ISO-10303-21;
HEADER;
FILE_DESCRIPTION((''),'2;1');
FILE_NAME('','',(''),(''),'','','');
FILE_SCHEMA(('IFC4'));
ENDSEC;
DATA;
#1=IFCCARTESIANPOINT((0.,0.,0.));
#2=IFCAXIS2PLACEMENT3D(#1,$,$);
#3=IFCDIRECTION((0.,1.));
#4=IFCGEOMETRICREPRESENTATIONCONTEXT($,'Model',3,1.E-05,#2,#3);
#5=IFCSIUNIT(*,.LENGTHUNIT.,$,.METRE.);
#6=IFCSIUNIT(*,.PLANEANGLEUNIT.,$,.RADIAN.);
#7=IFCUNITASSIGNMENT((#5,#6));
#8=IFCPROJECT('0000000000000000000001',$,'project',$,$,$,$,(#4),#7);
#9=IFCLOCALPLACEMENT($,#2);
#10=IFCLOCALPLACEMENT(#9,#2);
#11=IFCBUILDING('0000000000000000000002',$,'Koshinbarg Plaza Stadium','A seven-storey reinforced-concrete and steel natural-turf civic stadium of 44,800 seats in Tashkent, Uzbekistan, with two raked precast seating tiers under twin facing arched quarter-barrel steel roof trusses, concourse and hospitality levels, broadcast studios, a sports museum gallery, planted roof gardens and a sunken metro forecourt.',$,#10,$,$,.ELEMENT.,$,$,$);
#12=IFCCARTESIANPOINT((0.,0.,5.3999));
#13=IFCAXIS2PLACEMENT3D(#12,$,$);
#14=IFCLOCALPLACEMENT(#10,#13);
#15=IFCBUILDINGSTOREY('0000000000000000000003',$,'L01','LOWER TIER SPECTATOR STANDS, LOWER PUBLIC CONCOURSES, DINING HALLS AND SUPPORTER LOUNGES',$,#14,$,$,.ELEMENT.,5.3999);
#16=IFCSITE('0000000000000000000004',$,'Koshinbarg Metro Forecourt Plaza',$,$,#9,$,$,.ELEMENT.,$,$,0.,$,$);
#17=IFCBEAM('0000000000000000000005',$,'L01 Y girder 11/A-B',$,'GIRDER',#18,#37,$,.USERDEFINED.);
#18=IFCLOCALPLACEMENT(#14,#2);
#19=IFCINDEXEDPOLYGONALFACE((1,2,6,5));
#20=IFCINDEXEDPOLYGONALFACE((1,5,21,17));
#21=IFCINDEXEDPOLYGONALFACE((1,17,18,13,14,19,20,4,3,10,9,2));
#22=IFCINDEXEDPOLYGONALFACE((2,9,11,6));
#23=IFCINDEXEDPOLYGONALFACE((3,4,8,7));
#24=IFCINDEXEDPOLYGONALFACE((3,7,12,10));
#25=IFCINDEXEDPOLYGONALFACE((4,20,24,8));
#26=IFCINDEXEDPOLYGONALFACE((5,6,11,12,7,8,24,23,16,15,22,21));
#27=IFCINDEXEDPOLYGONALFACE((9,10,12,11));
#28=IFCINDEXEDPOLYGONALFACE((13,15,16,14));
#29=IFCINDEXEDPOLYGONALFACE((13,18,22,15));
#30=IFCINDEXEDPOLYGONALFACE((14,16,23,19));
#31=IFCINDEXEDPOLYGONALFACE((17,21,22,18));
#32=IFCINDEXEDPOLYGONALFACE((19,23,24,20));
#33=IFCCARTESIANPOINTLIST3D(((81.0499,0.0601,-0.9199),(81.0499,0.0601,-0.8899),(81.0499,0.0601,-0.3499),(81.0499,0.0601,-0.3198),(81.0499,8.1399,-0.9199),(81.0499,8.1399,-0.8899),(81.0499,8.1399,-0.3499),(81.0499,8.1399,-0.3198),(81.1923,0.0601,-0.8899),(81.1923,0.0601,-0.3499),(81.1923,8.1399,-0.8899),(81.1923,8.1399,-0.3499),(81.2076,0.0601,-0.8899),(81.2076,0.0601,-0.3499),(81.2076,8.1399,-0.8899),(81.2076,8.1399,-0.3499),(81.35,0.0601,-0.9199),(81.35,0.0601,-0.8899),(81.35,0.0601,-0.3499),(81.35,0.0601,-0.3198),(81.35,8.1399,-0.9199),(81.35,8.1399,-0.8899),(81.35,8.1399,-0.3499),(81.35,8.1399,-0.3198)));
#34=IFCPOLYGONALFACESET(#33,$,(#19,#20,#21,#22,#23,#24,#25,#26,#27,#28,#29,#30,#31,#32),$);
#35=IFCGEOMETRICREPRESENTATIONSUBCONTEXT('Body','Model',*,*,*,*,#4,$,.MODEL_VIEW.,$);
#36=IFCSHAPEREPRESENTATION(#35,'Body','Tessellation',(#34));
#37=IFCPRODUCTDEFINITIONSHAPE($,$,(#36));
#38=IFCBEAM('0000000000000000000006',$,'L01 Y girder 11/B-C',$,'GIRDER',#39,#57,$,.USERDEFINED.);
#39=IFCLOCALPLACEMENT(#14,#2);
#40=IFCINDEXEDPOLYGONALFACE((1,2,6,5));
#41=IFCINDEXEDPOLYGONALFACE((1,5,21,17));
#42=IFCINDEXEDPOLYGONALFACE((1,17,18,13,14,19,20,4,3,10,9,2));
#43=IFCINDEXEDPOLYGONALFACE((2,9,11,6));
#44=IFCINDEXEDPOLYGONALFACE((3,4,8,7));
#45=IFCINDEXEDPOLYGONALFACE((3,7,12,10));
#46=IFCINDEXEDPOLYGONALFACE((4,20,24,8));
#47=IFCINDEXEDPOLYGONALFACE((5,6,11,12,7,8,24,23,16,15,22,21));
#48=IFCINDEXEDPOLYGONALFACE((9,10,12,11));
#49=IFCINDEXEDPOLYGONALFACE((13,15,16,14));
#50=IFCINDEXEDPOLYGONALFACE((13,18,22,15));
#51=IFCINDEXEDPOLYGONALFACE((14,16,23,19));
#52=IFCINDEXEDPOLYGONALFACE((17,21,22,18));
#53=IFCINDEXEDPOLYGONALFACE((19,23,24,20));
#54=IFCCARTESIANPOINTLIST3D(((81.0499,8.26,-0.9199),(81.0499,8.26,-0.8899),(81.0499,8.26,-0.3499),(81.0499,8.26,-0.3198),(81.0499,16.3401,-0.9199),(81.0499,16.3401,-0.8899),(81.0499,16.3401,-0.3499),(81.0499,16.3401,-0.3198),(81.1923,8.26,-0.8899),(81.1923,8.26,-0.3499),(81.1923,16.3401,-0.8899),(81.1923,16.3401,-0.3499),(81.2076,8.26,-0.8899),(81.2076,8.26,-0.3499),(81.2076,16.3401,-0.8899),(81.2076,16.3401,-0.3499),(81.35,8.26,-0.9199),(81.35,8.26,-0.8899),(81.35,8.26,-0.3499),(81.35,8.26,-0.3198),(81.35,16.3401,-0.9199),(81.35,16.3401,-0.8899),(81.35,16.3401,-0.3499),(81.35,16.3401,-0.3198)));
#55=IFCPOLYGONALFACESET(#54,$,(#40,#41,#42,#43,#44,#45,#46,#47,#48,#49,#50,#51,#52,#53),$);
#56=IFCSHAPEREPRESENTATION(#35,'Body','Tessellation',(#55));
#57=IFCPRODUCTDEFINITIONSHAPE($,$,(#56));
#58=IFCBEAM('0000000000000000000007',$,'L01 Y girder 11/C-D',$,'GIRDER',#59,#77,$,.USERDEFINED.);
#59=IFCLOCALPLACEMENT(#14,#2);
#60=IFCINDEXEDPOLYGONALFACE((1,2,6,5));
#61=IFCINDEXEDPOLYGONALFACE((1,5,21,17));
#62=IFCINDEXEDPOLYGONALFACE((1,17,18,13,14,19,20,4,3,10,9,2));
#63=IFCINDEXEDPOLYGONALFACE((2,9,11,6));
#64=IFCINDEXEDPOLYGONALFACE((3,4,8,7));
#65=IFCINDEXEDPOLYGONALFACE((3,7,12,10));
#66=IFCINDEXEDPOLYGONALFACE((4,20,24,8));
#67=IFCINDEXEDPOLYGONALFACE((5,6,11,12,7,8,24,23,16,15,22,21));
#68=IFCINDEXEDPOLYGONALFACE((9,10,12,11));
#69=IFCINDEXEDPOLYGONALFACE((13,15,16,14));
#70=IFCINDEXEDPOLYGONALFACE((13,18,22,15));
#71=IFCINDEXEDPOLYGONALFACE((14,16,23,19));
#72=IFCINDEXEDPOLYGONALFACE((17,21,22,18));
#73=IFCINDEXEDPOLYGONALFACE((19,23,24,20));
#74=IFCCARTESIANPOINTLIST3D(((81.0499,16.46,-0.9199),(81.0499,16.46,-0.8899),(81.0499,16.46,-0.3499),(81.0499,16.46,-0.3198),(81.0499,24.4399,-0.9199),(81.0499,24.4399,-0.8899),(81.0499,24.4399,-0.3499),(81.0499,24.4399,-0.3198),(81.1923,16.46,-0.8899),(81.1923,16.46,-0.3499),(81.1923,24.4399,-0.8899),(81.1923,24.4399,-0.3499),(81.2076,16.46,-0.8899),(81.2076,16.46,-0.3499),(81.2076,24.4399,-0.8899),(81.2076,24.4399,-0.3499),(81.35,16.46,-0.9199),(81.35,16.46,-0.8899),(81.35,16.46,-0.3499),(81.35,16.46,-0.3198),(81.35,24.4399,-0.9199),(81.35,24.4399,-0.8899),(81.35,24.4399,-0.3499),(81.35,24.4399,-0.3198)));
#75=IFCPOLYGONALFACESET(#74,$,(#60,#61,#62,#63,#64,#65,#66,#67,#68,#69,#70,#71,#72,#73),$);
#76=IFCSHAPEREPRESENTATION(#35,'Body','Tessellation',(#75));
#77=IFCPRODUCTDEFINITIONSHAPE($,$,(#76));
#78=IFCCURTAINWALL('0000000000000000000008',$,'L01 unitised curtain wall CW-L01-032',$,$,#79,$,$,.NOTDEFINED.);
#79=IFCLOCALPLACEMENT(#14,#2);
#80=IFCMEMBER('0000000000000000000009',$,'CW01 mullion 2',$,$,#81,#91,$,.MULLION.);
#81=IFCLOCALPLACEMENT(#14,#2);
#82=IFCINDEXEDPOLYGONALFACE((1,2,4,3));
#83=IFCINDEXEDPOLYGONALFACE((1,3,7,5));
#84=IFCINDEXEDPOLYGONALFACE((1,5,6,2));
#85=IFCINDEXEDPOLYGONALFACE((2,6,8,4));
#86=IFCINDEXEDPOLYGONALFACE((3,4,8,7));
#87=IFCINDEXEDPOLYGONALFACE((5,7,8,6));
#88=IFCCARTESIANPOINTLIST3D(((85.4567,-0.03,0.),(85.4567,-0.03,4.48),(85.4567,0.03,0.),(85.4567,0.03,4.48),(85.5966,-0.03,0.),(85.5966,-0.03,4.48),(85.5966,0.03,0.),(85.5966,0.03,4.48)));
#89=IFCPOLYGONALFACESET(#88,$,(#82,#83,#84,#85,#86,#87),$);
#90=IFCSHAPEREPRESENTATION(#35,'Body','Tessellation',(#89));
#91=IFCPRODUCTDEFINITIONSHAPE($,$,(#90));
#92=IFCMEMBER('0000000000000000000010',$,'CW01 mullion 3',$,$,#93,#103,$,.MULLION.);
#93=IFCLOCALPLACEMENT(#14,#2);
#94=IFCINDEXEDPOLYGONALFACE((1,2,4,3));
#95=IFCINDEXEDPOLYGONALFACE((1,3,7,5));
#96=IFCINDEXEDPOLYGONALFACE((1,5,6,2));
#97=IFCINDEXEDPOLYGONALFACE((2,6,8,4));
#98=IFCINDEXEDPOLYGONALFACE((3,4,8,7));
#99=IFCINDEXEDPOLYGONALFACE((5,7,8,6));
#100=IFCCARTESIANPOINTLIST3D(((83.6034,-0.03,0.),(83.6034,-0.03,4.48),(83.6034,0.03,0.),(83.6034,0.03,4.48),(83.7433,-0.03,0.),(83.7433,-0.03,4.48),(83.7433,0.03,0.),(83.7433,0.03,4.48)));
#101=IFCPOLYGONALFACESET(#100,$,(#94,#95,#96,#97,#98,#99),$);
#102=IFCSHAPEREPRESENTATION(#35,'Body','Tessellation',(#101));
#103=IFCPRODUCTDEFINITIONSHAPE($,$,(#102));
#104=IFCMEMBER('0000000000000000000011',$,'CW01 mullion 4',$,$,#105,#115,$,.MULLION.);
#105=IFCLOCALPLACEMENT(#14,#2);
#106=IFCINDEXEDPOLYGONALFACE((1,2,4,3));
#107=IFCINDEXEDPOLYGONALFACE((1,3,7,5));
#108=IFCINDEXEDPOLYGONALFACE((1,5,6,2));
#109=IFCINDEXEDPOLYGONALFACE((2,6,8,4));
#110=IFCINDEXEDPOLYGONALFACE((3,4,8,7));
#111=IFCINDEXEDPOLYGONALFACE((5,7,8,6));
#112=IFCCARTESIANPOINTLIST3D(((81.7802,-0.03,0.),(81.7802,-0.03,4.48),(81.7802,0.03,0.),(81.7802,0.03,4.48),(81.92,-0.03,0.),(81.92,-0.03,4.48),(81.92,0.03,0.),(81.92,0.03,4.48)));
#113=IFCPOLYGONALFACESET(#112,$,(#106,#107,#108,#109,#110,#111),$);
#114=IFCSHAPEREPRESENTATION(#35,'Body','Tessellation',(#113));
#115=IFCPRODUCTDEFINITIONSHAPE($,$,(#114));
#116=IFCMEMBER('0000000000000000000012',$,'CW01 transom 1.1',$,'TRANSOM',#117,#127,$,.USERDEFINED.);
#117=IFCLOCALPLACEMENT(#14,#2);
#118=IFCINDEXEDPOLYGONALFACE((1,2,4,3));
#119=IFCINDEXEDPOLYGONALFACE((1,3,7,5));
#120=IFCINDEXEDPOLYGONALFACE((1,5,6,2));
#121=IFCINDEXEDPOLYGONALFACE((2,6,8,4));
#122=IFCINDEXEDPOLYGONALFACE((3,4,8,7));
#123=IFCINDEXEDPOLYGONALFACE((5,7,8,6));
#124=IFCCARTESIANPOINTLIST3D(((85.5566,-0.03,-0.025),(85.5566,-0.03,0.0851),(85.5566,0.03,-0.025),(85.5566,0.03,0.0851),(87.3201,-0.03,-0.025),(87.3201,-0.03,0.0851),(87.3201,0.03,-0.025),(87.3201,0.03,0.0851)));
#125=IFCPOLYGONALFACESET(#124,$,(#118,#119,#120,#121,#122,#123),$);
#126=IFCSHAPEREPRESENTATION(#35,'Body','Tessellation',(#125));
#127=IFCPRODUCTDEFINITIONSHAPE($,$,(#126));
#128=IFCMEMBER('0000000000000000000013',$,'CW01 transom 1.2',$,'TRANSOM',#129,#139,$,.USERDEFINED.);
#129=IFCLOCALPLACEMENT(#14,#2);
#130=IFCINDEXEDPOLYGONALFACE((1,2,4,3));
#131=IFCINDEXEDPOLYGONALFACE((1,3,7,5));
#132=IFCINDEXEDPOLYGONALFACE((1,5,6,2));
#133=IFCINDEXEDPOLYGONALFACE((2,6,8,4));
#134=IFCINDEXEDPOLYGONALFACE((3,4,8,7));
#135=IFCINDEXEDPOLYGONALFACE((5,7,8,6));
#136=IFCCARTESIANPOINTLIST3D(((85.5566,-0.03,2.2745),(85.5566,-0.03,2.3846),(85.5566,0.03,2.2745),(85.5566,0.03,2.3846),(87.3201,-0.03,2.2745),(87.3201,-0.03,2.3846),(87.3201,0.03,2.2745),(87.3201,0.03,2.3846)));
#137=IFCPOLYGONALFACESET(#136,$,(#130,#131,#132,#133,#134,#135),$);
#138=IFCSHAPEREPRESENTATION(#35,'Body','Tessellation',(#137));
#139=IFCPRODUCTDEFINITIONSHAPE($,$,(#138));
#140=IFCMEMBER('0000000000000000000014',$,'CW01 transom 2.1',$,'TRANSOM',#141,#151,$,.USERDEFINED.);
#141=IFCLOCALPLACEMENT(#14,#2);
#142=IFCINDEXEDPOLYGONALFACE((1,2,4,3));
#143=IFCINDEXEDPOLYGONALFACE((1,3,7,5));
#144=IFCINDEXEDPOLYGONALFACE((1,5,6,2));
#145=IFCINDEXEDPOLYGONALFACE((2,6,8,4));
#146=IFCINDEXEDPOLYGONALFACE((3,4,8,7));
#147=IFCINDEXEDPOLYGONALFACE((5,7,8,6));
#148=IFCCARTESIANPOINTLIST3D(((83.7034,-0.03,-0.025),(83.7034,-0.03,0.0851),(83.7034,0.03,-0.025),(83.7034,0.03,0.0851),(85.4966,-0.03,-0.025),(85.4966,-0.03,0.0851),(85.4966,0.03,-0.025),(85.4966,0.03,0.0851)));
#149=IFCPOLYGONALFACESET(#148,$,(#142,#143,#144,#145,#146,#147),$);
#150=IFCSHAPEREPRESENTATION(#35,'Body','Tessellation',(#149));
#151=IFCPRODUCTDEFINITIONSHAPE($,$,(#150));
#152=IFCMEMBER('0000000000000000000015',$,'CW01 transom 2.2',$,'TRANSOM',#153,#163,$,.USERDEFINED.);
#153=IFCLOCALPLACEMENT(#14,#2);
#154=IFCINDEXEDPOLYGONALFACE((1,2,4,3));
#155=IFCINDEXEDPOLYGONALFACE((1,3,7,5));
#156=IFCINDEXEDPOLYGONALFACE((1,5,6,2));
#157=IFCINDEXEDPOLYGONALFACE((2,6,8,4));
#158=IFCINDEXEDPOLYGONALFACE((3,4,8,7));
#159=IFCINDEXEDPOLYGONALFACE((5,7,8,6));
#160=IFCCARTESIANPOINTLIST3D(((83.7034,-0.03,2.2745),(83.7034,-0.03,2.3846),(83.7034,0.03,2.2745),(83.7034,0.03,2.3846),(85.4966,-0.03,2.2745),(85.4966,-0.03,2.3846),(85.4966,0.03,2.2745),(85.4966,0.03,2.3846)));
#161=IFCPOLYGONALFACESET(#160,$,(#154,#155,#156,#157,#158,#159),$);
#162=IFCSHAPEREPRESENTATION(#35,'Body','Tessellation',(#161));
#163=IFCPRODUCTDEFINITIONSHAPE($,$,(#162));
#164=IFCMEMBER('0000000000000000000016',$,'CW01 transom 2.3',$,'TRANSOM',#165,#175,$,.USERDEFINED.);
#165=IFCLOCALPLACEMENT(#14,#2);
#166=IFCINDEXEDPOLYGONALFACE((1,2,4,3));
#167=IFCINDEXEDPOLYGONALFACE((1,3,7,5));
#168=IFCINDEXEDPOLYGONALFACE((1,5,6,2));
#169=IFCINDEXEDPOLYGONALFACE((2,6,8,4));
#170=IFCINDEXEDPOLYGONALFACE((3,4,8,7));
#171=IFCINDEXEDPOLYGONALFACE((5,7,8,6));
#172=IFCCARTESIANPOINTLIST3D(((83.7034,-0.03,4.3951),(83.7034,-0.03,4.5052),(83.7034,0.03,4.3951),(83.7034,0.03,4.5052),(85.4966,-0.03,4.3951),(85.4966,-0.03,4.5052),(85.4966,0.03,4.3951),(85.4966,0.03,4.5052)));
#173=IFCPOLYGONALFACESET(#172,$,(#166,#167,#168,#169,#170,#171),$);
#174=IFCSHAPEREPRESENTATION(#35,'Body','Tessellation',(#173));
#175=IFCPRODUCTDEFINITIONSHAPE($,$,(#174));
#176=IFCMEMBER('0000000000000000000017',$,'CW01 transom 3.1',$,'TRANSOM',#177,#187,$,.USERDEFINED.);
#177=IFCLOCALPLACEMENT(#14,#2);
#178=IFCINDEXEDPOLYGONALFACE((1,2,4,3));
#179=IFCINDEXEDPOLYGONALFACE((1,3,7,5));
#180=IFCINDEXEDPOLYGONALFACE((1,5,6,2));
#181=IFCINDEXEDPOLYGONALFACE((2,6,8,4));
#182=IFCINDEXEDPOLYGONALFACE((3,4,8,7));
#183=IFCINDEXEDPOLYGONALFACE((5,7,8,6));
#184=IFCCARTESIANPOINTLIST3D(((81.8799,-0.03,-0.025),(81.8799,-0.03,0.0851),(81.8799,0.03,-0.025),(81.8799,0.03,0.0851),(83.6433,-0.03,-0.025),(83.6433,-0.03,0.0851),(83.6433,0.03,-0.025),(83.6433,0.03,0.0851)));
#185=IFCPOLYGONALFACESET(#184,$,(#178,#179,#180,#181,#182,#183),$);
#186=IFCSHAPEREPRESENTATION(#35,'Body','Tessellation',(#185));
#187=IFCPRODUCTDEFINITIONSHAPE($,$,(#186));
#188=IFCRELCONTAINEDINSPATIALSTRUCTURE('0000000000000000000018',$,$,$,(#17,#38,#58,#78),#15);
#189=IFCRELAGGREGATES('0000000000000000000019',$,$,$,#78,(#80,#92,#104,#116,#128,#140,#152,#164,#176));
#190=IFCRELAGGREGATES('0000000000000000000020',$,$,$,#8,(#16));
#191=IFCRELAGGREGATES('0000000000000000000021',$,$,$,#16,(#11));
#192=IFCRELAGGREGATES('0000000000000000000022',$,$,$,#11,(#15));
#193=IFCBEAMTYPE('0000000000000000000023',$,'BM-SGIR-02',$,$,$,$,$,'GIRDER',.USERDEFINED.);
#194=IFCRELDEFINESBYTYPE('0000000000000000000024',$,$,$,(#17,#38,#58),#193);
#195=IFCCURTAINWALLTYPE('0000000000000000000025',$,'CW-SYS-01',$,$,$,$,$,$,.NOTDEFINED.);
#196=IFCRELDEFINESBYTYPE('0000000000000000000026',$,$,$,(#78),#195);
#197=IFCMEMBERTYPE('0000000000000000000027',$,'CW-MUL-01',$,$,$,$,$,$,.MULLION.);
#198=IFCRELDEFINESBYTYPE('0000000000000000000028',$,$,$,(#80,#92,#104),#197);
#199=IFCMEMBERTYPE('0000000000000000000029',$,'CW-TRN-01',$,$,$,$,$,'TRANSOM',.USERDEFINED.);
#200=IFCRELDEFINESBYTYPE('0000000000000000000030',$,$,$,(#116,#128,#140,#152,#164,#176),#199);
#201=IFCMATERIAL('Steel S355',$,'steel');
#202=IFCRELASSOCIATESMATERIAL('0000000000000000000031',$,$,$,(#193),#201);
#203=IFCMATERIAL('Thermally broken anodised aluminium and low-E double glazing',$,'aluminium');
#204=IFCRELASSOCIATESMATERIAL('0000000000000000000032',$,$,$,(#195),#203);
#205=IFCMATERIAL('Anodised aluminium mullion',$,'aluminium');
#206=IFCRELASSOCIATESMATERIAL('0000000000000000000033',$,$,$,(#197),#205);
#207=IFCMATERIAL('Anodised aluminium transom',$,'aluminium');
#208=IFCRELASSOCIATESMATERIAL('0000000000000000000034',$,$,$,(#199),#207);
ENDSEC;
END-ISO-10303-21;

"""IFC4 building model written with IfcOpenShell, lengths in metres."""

from ifc_helpers import new_model, si_unit, direction, frame, origin, origin_2d, place, context, subcontext, project, spatial, rectangle, i_section, extrude, material, material_profile, profile_set, type_object, element, aggregate, save


model = new_model("IFC4")

# Units and contexts
model_context = context("Model", 3, precision=1e-05, world=origin(), true_north=direction((0.0, 1.0)))
body_context = subcontext(model_context, "Body", "Model", "MODEL_VIEW")
ifc_project = project(units=[si_unit("LENGTHUNIT", "METRE"), si_unit("PLANEANGLEUNIT", "RADIAN")], contexts=[model_context])

# Site, building, storey
site_placement = place(None, origin())
site = spatial("IfcSite", under=ifc_project, at=site_placement, Name="Koshinbarg Metro Forecourt Plaza", CompositionType="ELEMENT", RefElevation=0.0)
building_placement = place(site_placement, origin())
building = spatial("IfcBuilding", under=site, at=building_placement, Name="Koshinbarg Plaza Stadium", Description="A seven-storey reinforced-concrete and steel natural-turf civic stadium of 44,800 seats in Tashkent, Uzbekistan, with two raked precast seating tiers under twin facing arched quarter-barrel steel roof trusses, concourse and hospitality levels, broadcast studios, a sports museum gallery, planted roof gardens and a sunken metro forecourt.", CompositionType="ELEMENT")
storey_placement = place(building_placement, frame((0.0, 0.0, 5.3999)))
storey = spatial("IfcBuildingStorey", under=building, at=storey_placement, Name="L01", Description="LOWER TIER SPECTATOR STANDS, LOWER PUBLIC CONCOURSES, DINING HALLS AND SUPPORTER LOUNGES", CompositionType="ELEMENT", Elevation=5.3999)

# Beams
ifc_material_1 = material(Name="Steel S355", Category="steel")
ifc_material_profile_1 = material_profile(ifc_material_1, i_section(OverallWidth=0.3, OverallDepth=0.6001, WebThickness=0.0154, FlangeThickness=0.03, at=origin_2d()), Name="HEB 600")
ifc_profile_set_1 = profile_set([ifc_material_profile_1], Name="Steel S355")
beam_type = type_object("IfcBeamType", Name="BM-SGIR-02", ElementType="GIRDER", PredefinedType="USERDEFINED", material=ifc_profile_set_1)
beam_1_placement = place(storey_placement, frame((81.2, 0.0601, -0.6199), z_axis=(0.0, 1.0, 0.0), x_axis=(-1.0, 0.0, 0.0)))
element("IfcBeam", 1, at=beam_1_placement, inside=storey, type_object=beam_type, Name="L01 Y girder 11/A-B", ObjectType="GIRDER", PredefinedType="USERDEFINED", context=body_context, shape_type="SweptSolid", body=[
    extrude(i_section(OverallWidth=0.3, OverallDepth=0.6001, WebThickness=0.0154, FlangeThickness=0.03, at=origin_2d()), origin(), (0.0, 0.0, 1.0), 8.0798),
])
beam_2_placement = place(storey_placement, frame((81.2, 8.26, -0.6199), z_axis=(0.0, 1.0, 0.0), x_axis=(-1.0, 0.0, 0.0)))
element("IfcBeam", 2, at=beam_2_placement, inside=storey, type_object=beam_type, Name="L01 Y girder 11/B-C", ObjectType="GIRDER", PredefinedType="USERDEFINED", context=body_context, shape_type="SweptSolid", body=[
    extrude(i_section(OverallWidth=0.3, OverallDepth=0.6001, WebThickness=0.0154, FlangeThickness=0.03, at=origin_2d()), origin(), (0.0, 0.0, 1.0), 8.0801),
])
beam_3_placement = place(storey_placement, frame((81.2, 16.46, -0.6199), z_axis=(0.0, 1.0, 0.0), x_axis=(-1.0, 0.0, 0.0)))
element("IfcBeam", 3, at=beam_3_placement, inside=storey, type_object=beam_type, Name="L01 Y girder 11/C-D", ObjectType="GIRDER", PredefinedType="USERDEFINED", context=body_context, shape_type="SweptSolid", body=[
    extrude(i_section(OverallWidth=0.3, OverallDepth=0.6001, WebThickness=0.0154, FlangeThickness=0.03, at=origin_2d()), origin(), (0.0, 0.0, 1.0), 7.98),
])

# Curtain wall, members
ifc_material_2 = material(Name="Thermally broken anodised aluminium and low-E double glazing", Category="aluminium")
curtain_wall_type = type_object("IfcCurtainWallType", Name="CW-SYS-01", PredefinedType="NOTDEFINED", material=ifc_material_2)
curtain_wall_placement = place(storey_placement, origin())
curtain_wall = element("IfcCurtainWall", 4, at=curtain_wall_placement, inside=storey, type_object=curtain_wall_type, Name="L01 unitised curtain wall CW-L01-032", PredefinedType="NOTDEFINED")
ifc_material_3 = material(Name="Anodised aluminium mullion", Category="aluminium")
ifc_material_profile_2 = material_profile(ifc_material_3, rectangle(XDim=0.0601, YDim=0.1399, at=origin_2d()), Name="ALU 60x140")
ifc_profile_set_2 = profile_set([ifc_material_profile_2], Name="Anodised aluminium mullion")
member_type_1 = type_object("IfcMemberType", Name="CW-MUL-01", PredefinedType="MULLION", material=ifc_profile_set_2)
member_1_placement = place(storey_placement, frame((85.5266, 0.0, 0.0), z_axis=(0.0, 0.0, 1.0), x_axis=(0.0, -1.0, 0.0)))
member_1 = element("IfcMember", 5, at=member_1_placement, type_object=member_type_1, Name="CW01 mullion 2", PredefinedType="MULLION", context=body_context, shape_type="SweptSolid", body=[
    extrude(rectangle(XDim=0.0601, YDim=0.1399, at=origin_2d()), origin(), (0.0, 0.0, 1.0), 4.48),
])
member_2_placement = place(storey_placement, frame((83.6733, 0.0, 0.0), z_axis=(0.0, 0.0, 1.0), x_axis=(0.0, -1.0, 0.0)))
member_2 = element("IfcMember", 6, at=member_2_placement, type_object=member_type_1, Name="CW01 mullion 3", PredefinedType="MULLION", context=body_context, shape_type="SweptSolid", body=[
    extrude(rectangle(XDim=0.0601, YDim=0.1399, at=origin_2d()), origin(), (0.0, 0.0, 1.0), 4.48),
])
member_3_placement = place(storey_placement, frame((81.8501, 0.0, 0.0), z_axis=(0.0, 0.0, 1.0), x_axis=(0.0, -1.0, 0.0)))
member_3 = element("IfcMember", 7, at=member_3_placement, type_object=member_type_1, Name="CW01 mullion 4", PredefinedType="MULLION", context=body_context, shape_type="SweptSolid", body=[
    extrude(rectangle(XDim=0.0601, YDim=0.1399, at=origin_2d()), origin(), (0.0, 0.0, 1.0), 4.48),
])
ifc_material_4 = material(Name="Anodised aluminium transom", Category="aluminium")
ifc_material_profile_3 = material_profile(ifc_material_4, rectangle(XDim=0.0601, YDim=0.1101, at=origin_2d()), Name="ALU 60x110")
ifc_profile_set_3 = profile_set([ifc_material_profile_3], Name="Anodised aluminium transom")
member_type_2 = type_object("IfcMemberType", Name="CW-TRN-01", ElementType="TRANSOM", PredefinedType="USERDEFINED", material=ifc_profile_set_3)
member_4_placement = place(storey_placement, frame((87.3201, 0.0, 0.03), z_axis=(-1.0, 0.0, 0.0), x_axis=(0.0, -1.0, 0.0)))
member_4 = element("IfcMember", 8, at=member_4_placement, type_object=member_type_2, Name="CW01 transom 1.1", ObjectType="TRANSOM", PredefinedType="USERDEFINED", context=body_context, shape_type="SweptSolid", body=[
    extrude(rectangle(XDim=0.0601, YDim=0.1101, at=origin_2d()), origin(), (0.0, 0.0, 1.0), 1.7634),
])
member_5_placement = place(storey_placement, frame((87.3201, 0.0, 2.3296), z_axis=(-1.0, 0.0, 0.0), x_axis=(0.0, -1.0, 0.0)))
member_5 = element("IfcMember", 9, at=member_5_placement, type_object=member_type_2, Name="CW01 transom 1.2", ObjectType="TRANSOM", PredefinedType="USERDEFINED", context=body_context, shape_type="SweptSolid", body=[
    extrude(rectangle(XDim=0.0601, YDim=0.1101, at=origin_2d()), origin(), (0.0, 0.0, 1.0), 1.7634),
])
member_6_placement = place(storey_placement, frame((85.4966, 0.0, 0.03), z_axis=(-1.0, 0.0, 0.0), x_axis=(0.0, -1.0, 0.0)))
member_6 = element("IfcMember", 10, at=member_6_placement, type_object=member_type_2, Name="CW01 transom 2.1", ObjectType="TRANSOM", PredefinedType="USERDEFINED", context=body_context, shape_type="SweptSolid", body=[
    extrude(rectangle(XDim=0.0601, YDim=0.1101, at=origin_2d()), origin(), (0.0, 0.0, 1.0), 1.7932),
])
member_7_placement = place(storey_placement, frame((85.4966, 0.0, 2.3296), z_axis=(-1.0, 0.0, 0.0), x_axis=(0.0, -1.0, 0.0)))
member_7 = element("IfcMember", 11, at=member_7_placement, type_object=member_type_2, Name="CW01 transom 2.2", ObjectType="TRANSOM", PredefinedType="USERDEFINED", context=body_context, shape_type="SweptSolid", body=[
    extrude(rectangle(XDim=0.0601, YDim=0.1101, at=origin_2d()), origin(), (0.0, 0.0, 1.0), 1.7932),
])
member_8_placement = place(storey_placement, frame((85.4966, 0.0, 4.4502), z_axis=(-1.0, 0.0, 0.0), x_axis=(0.0, -1.0, 0.0)))
member_8 = element("IfcMember", 12, at=member_8_placement, type_object=member_type_2, Name="CW01 transom 2.3", ObjectType="TRANSOM", PredefinedType="USERDEFINED", context=body_context, shape_type="SweptSolid", body=[
    extrude(rectangle(XDim=0.0601, YDim=0.1101, at=origin_2d()), origin(), (0.0, 0.0, 1.0), 1.7932),
])
member_9_placement = place(storey_placement, frame((83.6433, 0.0, 0.03), z_axis=(-1.0, 0.0, 0.0), x_axis=(0.0, -1.0, 0.0)))
member_9 = element("IfcMember", 13, at=member_9_placement, type_object=member_type_2, Name="CW01 transom 3.1", ObjectType="TRANSOM", PredefinedType="USERDEFINED", context=body_context, shape_type="SweptSolid", body=[
    extrude(rectangle(XDim=0.0601, YDim=0.1101, at=origin_2d()), origin(), (0.0, 0.0, 1.0), 1.7634),
])
aggregate(curtain_wall, [member_1, member_2, member_3, member_4, member_5, member_6, member_7, member_8, member_9])

save(model, "model.ifc")
